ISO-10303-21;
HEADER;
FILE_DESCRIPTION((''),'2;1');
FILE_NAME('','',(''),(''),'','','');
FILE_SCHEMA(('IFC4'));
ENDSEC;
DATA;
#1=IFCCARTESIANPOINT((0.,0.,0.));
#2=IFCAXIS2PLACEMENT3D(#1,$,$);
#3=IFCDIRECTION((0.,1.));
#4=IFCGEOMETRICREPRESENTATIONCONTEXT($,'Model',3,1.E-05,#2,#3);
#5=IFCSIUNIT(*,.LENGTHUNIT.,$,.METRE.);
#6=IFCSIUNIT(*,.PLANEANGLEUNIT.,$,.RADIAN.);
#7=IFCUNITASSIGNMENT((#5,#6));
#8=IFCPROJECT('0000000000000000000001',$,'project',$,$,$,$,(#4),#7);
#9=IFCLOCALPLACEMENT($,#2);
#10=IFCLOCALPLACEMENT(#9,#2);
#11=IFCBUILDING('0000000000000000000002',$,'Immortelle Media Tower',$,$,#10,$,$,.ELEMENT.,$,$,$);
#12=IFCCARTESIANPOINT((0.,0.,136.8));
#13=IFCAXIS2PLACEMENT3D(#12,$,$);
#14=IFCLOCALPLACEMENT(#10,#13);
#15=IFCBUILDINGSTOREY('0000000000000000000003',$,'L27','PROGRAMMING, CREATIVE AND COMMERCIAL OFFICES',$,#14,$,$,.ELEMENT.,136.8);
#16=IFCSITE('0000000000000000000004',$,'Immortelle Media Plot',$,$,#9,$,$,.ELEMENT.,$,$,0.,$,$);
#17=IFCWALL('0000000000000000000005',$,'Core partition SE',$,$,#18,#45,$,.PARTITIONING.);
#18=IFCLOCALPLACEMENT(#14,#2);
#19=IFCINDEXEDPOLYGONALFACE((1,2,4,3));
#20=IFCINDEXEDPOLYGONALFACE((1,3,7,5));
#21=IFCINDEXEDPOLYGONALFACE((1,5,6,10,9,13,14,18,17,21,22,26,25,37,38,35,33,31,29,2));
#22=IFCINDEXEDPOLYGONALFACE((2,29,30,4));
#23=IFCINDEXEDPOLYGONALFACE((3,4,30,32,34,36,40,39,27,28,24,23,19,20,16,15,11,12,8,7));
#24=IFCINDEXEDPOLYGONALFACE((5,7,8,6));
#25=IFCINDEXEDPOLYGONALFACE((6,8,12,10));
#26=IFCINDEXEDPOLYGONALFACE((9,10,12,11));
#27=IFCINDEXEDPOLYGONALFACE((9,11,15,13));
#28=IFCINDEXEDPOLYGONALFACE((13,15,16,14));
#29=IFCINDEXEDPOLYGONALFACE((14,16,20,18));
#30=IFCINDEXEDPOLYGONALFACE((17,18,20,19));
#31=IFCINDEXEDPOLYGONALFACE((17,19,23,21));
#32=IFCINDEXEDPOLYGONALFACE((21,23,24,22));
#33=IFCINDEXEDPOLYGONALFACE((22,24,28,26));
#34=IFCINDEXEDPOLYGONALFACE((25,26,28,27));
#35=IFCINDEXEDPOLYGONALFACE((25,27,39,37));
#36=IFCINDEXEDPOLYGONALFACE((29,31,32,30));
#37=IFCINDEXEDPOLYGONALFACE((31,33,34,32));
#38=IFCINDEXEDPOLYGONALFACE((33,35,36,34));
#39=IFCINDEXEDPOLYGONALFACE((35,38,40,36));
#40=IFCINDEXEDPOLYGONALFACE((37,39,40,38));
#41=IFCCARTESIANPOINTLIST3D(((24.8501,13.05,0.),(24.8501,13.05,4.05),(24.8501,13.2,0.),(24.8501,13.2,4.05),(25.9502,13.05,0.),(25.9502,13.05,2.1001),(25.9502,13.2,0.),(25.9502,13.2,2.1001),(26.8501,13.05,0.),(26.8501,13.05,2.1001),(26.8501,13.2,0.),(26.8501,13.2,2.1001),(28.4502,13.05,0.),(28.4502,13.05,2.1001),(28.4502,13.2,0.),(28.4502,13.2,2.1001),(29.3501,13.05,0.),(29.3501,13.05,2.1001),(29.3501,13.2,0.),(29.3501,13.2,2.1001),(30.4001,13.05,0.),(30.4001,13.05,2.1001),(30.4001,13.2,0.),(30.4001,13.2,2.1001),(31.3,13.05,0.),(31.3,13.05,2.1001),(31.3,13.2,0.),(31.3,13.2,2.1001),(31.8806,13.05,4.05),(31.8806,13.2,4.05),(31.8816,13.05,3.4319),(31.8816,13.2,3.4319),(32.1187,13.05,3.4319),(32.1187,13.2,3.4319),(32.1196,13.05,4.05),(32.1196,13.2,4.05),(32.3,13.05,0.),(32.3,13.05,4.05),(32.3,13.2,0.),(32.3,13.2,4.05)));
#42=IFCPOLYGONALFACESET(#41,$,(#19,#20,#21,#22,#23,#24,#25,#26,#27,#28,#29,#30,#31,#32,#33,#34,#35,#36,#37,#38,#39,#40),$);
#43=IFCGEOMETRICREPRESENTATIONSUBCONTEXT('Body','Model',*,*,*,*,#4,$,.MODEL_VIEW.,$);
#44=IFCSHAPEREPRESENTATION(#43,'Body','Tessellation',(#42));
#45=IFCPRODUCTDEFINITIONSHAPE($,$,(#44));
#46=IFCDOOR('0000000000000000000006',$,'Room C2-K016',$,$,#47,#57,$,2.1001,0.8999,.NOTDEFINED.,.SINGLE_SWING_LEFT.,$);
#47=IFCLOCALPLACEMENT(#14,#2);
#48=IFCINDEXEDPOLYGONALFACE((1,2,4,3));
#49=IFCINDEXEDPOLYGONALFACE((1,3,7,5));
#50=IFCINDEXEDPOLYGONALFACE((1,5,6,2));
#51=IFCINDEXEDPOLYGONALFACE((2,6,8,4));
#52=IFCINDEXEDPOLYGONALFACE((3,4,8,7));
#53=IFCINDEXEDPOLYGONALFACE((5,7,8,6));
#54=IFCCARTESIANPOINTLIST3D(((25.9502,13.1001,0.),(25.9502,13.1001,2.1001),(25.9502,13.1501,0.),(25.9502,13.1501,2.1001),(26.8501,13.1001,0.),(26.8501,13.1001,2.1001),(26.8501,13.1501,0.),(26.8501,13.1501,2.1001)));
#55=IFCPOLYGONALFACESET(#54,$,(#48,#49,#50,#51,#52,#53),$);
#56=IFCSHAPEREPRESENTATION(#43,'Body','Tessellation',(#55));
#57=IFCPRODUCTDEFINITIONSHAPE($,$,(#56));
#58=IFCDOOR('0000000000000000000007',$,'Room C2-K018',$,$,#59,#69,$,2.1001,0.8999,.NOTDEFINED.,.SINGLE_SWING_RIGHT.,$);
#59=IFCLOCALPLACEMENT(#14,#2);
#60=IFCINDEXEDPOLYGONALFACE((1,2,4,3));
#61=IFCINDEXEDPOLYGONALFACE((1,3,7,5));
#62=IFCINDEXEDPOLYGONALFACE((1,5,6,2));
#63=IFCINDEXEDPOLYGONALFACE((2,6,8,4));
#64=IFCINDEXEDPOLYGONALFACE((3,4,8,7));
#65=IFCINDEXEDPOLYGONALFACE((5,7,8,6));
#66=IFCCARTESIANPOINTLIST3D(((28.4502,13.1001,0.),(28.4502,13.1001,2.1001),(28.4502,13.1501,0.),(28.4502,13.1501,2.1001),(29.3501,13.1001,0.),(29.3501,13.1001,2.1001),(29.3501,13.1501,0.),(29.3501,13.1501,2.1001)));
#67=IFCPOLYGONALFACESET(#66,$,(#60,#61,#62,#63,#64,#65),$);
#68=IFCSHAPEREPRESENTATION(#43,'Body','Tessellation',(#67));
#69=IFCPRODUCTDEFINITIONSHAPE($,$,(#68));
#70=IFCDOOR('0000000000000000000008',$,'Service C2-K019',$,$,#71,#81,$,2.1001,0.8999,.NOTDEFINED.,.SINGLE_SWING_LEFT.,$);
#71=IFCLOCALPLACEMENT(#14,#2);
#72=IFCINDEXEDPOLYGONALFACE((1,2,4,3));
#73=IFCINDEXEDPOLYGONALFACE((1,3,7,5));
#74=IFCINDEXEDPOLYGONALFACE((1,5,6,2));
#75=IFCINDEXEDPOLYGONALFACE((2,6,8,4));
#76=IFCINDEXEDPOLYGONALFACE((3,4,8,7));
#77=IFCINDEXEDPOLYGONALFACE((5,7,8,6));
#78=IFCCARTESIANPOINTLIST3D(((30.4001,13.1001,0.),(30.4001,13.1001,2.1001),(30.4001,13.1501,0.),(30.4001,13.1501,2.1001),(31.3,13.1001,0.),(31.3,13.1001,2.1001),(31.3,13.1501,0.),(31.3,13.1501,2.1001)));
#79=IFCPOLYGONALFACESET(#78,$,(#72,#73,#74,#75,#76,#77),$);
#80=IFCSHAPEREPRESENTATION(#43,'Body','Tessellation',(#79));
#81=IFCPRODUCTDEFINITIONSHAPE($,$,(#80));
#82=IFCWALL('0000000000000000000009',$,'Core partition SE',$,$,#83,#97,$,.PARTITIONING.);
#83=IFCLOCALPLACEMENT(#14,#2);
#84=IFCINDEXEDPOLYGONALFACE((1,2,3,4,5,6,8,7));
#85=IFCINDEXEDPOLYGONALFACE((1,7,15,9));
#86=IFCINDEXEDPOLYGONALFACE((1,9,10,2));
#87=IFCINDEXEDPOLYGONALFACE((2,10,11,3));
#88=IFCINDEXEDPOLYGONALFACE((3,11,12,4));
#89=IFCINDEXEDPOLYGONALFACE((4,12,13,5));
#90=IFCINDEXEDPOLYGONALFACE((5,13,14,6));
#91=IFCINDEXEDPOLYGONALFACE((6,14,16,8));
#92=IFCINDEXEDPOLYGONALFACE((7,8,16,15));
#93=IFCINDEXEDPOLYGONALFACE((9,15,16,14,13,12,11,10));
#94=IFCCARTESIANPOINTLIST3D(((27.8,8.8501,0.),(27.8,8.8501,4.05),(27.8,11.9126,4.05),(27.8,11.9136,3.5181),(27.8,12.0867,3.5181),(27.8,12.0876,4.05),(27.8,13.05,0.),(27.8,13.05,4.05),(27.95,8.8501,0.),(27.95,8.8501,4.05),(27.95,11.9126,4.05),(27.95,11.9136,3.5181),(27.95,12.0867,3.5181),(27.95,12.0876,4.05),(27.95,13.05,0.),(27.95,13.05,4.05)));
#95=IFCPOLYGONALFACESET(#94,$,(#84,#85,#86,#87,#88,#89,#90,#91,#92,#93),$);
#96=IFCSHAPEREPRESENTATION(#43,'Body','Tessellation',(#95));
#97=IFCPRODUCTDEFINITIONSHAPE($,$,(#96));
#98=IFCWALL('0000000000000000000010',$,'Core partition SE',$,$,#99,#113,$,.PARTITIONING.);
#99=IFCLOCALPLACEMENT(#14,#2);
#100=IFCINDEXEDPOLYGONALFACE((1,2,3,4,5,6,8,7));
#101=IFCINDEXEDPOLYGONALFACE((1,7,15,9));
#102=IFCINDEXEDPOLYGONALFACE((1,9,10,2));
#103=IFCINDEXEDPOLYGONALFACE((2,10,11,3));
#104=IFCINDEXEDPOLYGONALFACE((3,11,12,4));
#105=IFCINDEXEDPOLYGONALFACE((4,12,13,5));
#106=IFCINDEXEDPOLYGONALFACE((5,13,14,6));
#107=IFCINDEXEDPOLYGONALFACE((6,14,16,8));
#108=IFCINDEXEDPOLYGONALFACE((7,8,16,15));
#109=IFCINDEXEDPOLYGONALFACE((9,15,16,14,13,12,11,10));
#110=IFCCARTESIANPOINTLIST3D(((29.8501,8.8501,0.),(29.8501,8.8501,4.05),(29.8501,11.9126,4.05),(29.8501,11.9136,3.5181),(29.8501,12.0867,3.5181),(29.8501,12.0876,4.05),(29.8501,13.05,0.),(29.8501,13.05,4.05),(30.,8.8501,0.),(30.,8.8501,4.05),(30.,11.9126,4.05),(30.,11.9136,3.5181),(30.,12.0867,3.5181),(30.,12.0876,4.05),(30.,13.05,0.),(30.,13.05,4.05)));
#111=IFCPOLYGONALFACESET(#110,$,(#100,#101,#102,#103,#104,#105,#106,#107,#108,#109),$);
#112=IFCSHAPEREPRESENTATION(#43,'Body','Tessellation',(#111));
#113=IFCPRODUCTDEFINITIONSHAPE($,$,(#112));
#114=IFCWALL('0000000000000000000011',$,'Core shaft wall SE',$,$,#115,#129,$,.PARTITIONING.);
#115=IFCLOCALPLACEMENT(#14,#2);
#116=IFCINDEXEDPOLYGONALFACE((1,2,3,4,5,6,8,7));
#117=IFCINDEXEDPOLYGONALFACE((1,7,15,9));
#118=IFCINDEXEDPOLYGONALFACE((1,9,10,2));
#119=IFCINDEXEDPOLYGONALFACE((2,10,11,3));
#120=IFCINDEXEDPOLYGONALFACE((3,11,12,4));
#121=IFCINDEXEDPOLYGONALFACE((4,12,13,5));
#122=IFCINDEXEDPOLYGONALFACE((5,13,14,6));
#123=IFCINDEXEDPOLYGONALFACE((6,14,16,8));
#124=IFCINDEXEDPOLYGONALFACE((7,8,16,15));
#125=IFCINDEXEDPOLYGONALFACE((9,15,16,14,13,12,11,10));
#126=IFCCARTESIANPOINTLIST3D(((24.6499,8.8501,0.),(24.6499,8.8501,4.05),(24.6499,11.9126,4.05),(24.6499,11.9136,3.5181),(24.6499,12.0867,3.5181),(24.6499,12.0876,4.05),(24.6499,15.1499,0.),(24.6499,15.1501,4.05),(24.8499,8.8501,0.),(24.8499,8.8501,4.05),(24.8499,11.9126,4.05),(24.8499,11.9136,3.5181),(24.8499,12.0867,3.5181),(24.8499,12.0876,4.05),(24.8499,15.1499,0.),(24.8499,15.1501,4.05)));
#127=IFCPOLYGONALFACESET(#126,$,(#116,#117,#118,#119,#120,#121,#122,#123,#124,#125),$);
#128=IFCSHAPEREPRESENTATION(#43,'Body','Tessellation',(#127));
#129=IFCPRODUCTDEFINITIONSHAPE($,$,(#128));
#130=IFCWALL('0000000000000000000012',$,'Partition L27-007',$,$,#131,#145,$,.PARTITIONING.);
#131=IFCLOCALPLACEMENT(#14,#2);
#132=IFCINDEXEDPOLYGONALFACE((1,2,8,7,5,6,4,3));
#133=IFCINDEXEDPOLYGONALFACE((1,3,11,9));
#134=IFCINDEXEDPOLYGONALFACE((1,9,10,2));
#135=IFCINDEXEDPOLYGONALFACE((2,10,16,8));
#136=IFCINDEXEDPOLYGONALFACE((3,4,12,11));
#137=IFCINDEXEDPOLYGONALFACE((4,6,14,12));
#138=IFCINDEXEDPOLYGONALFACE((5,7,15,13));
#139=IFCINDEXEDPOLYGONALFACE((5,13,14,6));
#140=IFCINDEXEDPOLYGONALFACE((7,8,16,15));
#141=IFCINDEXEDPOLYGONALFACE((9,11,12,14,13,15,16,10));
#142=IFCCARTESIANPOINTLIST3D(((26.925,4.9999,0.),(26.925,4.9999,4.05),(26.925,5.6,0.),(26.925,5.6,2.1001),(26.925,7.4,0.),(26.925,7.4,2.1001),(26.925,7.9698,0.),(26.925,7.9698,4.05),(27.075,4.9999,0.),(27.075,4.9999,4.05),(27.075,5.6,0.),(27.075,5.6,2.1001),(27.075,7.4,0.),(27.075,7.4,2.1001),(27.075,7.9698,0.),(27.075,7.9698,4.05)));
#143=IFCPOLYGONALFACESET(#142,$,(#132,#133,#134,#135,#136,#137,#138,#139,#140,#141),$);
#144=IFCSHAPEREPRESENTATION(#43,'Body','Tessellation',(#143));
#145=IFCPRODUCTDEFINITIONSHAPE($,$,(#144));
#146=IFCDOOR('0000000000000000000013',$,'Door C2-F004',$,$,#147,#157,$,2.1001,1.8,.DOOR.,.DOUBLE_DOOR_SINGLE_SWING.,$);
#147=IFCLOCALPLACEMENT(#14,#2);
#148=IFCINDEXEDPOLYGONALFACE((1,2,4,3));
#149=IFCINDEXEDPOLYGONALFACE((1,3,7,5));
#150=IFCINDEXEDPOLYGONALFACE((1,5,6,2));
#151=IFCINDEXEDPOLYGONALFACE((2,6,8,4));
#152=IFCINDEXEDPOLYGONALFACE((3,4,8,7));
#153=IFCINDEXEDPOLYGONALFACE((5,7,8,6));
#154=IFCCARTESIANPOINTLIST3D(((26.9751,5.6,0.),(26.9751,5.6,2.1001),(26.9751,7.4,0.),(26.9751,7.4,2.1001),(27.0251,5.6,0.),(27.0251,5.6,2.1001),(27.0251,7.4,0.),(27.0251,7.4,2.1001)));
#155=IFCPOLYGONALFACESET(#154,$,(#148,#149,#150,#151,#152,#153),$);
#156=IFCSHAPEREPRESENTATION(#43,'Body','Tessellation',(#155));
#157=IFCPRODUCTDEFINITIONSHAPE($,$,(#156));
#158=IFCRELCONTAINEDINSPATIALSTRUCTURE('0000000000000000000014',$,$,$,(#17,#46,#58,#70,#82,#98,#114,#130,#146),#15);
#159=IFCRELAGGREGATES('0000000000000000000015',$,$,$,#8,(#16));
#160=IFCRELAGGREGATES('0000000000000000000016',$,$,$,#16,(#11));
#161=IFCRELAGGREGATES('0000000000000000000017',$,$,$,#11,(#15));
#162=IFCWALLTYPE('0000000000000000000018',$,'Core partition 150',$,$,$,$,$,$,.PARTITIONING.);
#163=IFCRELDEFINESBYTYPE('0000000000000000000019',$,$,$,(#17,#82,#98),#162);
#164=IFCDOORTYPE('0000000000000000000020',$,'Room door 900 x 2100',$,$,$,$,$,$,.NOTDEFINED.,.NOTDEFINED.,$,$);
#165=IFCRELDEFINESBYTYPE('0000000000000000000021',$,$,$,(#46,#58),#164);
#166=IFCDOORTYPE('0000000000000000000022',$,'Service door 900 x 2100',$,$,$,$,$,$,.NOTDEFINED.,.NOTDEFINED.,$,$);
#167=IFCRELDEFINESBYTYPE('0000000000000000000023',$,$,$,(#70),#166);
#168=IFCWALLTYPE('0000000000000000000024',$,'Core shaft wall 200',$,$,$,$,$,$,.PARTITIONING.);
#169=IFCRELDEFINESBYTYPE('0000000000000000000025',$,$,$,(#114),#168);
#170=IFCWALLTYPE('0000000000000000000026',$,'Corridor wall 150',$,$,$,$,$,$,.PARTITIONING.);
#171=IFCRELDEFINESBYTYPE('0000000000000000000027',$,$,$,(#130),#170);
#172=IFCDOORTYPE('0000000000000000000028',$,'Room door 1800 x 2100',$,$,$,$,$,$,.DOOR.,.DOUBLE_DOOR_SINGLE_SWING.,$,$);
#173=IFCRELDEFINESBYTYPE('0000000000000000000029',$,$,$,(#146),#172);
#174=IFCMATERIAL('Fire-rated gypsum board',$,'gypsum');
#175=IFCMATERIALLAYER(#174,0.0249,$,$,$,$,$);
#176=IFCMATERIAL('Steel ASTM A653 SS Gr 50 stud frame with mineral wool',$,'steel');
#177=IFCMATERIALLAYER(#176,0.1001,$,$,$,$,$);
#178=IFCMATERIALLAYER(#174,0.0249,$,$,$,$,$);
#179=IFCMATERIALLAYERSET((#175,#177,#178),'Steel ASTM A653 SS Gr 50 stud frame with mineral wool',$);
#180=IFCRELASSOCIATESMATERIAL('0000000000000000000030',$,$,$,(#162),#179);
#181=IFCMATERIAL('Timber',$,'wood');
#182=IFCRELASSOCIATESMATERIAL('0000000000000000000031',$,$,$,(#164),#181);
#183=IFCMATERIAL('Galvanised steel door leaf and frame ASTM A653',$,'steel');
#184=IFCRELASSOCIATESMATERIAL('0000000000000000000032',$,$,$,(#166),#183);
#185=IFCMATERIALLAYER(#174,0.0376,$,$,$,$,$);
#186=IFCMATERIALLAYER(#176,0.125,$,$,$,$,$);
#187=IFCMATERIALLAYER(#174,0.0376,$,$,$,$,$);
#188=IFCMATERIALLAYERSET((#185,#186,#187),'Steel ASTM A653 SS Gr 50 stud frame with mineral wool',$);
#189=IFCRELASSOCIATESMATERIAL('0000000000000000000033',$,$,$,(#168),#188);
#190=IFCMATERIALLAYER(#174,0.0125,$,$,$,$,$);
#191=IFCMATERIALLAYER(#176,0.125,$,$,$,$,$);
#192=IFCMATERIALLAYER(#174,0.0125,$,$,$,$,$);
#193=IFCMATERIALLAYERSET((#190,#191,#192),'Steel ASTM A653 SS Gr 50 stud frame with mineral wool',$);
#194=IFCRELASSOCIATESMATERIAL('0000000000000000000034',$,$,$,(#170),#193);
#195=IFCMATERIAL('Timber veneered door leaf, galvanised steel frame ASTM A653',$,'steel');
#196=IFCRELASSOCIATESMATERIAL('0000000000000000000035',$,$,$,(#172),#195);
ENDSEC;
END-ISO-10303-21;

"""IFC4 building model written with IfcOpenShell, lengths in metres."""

from ifc_helpers import new_model, si_unit, direction, frame, frame_2d, origin, place, context, subcontext, project, spatial, polyline, rectangle, outline, extrude, material, layer, layer_set, type_object, element, fill, save


model = new_model("IFC4")

# Units and contexts
model_context = context("Model", 3, precision=1e-05, world=origin(), true_north=direction((0.0, 1.0)))
body_context = subcontext(model_context, "Body", "Model", "MODEL_VIEW")
ifc_project = project(units=[si_unit("LENGTHUNIT", "METRE"), si_unit("PLANEANGLEUNIT", "RADIAN")], contexts=[model_context])

# Site, building, storey
site_placement = place(None, origin())
site = spatial("IfcSite", under=ifc_project, at=site_placement, Name="Immortelle Media Plot", CompositionType="ELEMENT", RefElevation=0.0)
building_placement = place(site_placement, origin())
building = spatial("IfcBuilding", under=site, at=building_placement, Name="Immortelle Media Tower", CompositionType="ELEMENT")
storey_placement = place(building_placement, frame((0.0, 0.0, 136.8)))
storey = spatial("IfcBuildingStorey", under=building, at=storey_placement, Name="L27", Description="PROGRAMMING, CREATIVE AND COMMERCIAL OFFICES", CompositionType="ELEMENT", Elevation=136.8)

# Wall, openings, doors
ifc_material_1 = material(Name="Fire-rated gypsum board", Category="gypsum")
ifc_layer_1 = layer(ifc_material_1, 0.0249)
ifc_material_2 = material(Name="Steel ASTM A653 SS Gr 50 stud frame with mineral wool", Category="steel")
ifc_layer_2 = layer(ifc_material_2, 0.1001)
ifc_layer_3 = layer(ifc_material_1, 0.0249)
ifc_layer_set_1 = layer_set([ifc_layer_1, ifc_layer_2, ifc_layer_3], Name="Steel ASTM A653 SS Gr 50 stud frame with mineral wool")
wall_type_1 = type_object("IfcWallType", Name="Core partition 150", PredefinedType="PARTITIONING", material=ifc_layer_set_1)
wall_1_placement = place(storey_placement, frame((24.8501, 13.125, 0.0), z_axis=(0.0, 0.0, 1.0), x_axis=(1.0, 0.0, 0.0)))
wall_1 = element("IfcWall", 1, at=wall_1_placement, inside=storey, type_object=wall_type_1, Name="Core partition SE", PredefinedType="PARTITIONING", context=body_context, shape_type="SweptSolid", body=[
    extrude(outline(polyline([(0.0, 0.0), (7.45, 0.0), (7.45, 4.05), (7.2695, 4.05), (7.2686, 3.4319), (7.0315, 3.4319), (7.0305, 4.05), (0.0, 4.05), (0.0, 0.0)])), frame((0.0, 0.075, 0.0), z_axis=(0.0, -1.0, 0.0), x_axis=(1.0, 0.0, 0.0)), (0.0, 0.0, 1.0), 0.1499),
])
opening_1_placement = place(wall_1_placement, frame((2.0, 0.0, 0.0), z_axis=(0.0, 0.0, 1.0), x_axis=(-1.0, 0.0, 0.0)))
opening_1 = element("IfcOpeningElement", 2, at=opening_1_placement, cuts=wall_1, PredefinedType="OPENING", context=body_context, shape_type="SweptSolid", body=[
    extrude(rectangle(XDim=0.8999, YDim=2.1001, at=frame_2d((0.45, 1.05))), frame((0.0, 0.085, 0.0), z_axis=(0.0, -1.0, 0.0), x_axis=(1.0, 0.0, 0.0)), (0.0, 0.0, 1.0), 0.1699),
])
opening_2_placement = place(wall_1_placement, frame((4.5, 0.0, 0.0), z_axis=(0.0, 0.0, 1.0), x_axis=(-1.0, 0.0, 0.0)))
opening_2 = element("IfcOpeningElement", 3, at=opening_2_placement, cuts=wall_1, PredefinedType="OPENING", context=body_context, shape_type="SweptSolid", body=[
    extrude(rectangle(XDim=0.8999, YDim=2.1001, at=frame_2d((0.45, 1.05))), frame((0.0, 0.085, 0.0), z_axis=(0.0, -1.0, 0.0), x_axis=(1.0, 0.0, 0.0)), (0.0, 0.0, 1.0), 0.1699),
])
opening_3_placement = place(wall_1_placement, frame((6.45, 0.0, 0.0), z_axis=(0.0, 0.0, 1.0), x_axis=(-1.0, 0.0, 0.0)))
opening_3 = element("IfcOpeningElement", 4, at=opening_3_placement, cuts=wall_1, PredefinedType="OPENING", context=body_context, shape_type="SweptSolid", body=[
    extrude(rectangle(XDim=0.8999, YDim=2.1001, at=frame_2d((0.45, 1.05))), frame((0.0, 0.085, 0.0), z_axis=(0.0, -1.0, 0.0), x_axis=(1.0, 0.0, 0.0)), (0.0, 0.0, 1.0), 0.1699),
])
ifc_material_3 = material(Name="Timber", Category="wood")
door_type_1 = type_object("IfcDoorType", Name="Room door 900 x 2100", OperationType="NOTDEFINED", PredefinedType="NOTDEFINED", material=ifc_material_3)
door_1_placement = place(opening_1_placement, origin())
door_1 = element("IfcDoor", 5, at=door_1_placement, inside=storey, type_object=door_type_1, Name="Room C2-K016", OperationType="SINGLE_SWING_LEFT", OverallHeight=2.1001, OverallWidth=0.8999, PredefinedType="NOTDEFINED", context=body_context, shape_type="SweptSolid", body=[
    extrude(rectangle(XDim=0.8999, YDim=2.1001, at=frame_2d((0.45, 1.05))), frame((0.0, 0.0249, 0.0), z_axis=(0.0, -1.0, 0.0), x_axis=(1.0, 0.0, 0.0)), (0.0, 0.0, 1.0), 0.05),
])
fill(opening_1, door_1)
door_2_placement = place(opening_2_placement, origin())
door_2 = element("IfcDoor", 6, at=door_2_placement, inside=storey, type_object=door_type_1, Name="Room C2-K018", OperationType="SINGLE_SWING_RIGHT", OverallHeight=2.1001, OverallWidth=0.8999, PredefinedType="NOTDEFINED", context=body_context, shape_type="SweptSolid", body=[
    extrude(rectangle(XDim=0.8999, YDim=2.1001, at=frame_2d((0.45, 1.05))), frame((0.0, 0.0249, 0.0), z_axis=(0.0, -1.0, 0.0), x_axis=(1.0, 0.0, 0.0)), (0.0, 0.0, 1.0), 0.05),
])
fill(opening_2, door_2)
ifc_material_4 = material(Name="Galvanised steel door leaf and frame ASTM A653", Category="steel")
door_type_2 = type_object("IfcDoorType", Name="Service door 900 x 2100", OperationType="NOTDEFINED", PredefinedType="NOTDEFINED", material=ifc_material_4)
door_3_placement = place(opening_3_placement, origin())
door_3 = element("IfcDoor", 7, at=door_3_placement, inside=storey, type_object=door_type_2, Name="Service C2-K019", OperationType="SINGLE_SWING_LEFT", OverallHeight=2.1001, OverallWidth=0.8999, PredefinedType="NOTDEFINED", context=body_context, shape_type="SweptSolid", body=[
    extrude(rectangle(XDim=0.8999, YDim=2.1001, at=frame_2d((0.45, 1.05))), frame((0.0, 0.0249, 0.0), z_axis=(0.0, -1.0, 0.0), x_axis=(1.0, 0.0, 0.0)), (0.0, 0.0, 1.0), 0.05),
])
fill(opening_3, door_3)

# Walls
for number, where, z_axis, x_axis, name in (
    (8, (27.875, 8.8501, 0.0), (0.0, 0.0, 1.0), (0.0, 1.0, 0.0), "Core partition SE"),
    (9, (29.925, 8.8501, 0.0), (0.0, 0.0, 1.0), (0.0, 1.0, 0.0), "Core partition SE"),
):
    element("IfcWall", number, at=place(storey_placement, frame(where, z_axis=z_axis, x_axis=x_axis)), inside=storey, type_object=wall_type_1, Name=name, PredefinedType="PARTITIONING", context=body_context, shape_type="SweptSolid", body=[
        extrude(outline(polyline([(0.0, 0.0), (4.2, 0.0), (4.2, 4.05), (3.2375, 4.05), (3.2366, 3.5181), (3.0635, 3.5181), (3.0625, 4.05), (0.0, 4.05), (0.0, 0.0)])), frame((0.0, 0.075, 0.0), z_axis=(0.0, -1.0, 0.0), x_axis=(1.0, 0.0, 0.0)), (0.0, 0.0, 1.0), 0.1499),
    ])
ifc_layer_4 = layer(ifc_material_1, 0.0376)
ifc_layer_5 = layer(ifc_material_2, 0.125)
ifc_layer_6 = layer(ifc_material_1, 0.0376)
ifc_layer_set_2 = layer_set([ifc_layer_4, ifc_layer_5, ifc_layer_6], Name="Steel ASTM A653 SS Gr 50 stud frame with mineral wool")
wall_type_2 = type_object("IfcWallType", Name="Core shaft wall 200", PredefinedType="PARTITIONING", material=ifc_layer_set_2)
wall_2_placement = place(storey_placement, frame((24.75, 8.8501, 0.0), z_axis=(0.0, 0.0, 1.0), x_axis=(0.0, 1.0, 0.0)))
element("IfcWall", 10, at=wall_2_placement, inside=storey, type_object=wall_type_2, Name="Core shaft wall SE", PredefinedType="PARTITIONING", context=body_context, shape_type="SweptSolid", body=[
    extrude(outline(polyline([(0.0, 0.0), (6.2998, 0.0), (6.3, 4.05), (3.2375, 4.05), (3.2366, 3.5181), (3.0635, 3.5181), (3.0625, 4.05), (0.0, 4.05), (0.0, 0.0)])), frame((0.0, 0.1001, 0.0), z_axis=(0.0, -1.0, 0.0), x_axis=(1.0, 0.0, 0.0)), (0.0, 0.0, 1.0), 0.2),
])

# Wall, opening, door
ifc_layer_7 = layer(ifc_material_1, 0.0125)
ifc_layer_8 = layer(ifc_material_2, 0.125)
ifc_layer_9 = layer(ifc_material_1, 0.0125)
ifc_layer_set_3 = layer_set([ifc_layer_7, ifc_layer_8, ifc_layer_9], Name="Steel ASTM A653 SS Gr 50 stud frame with mineral wool")
wall_type_3 = type_object("IfcWallType", Name="Corridor wall 150", PredefinedType="PARTITIONING", material=ifc_layer_set_3)
wall_3_placement = place(storey_placement, frame((27.0, 5.0, 0.0), z_axis=(0.0, 0.0, 1.0), x_axis=(0.0, 1.0, 0.0)))
wall_3 = element("IfcWall", 11, at=wall_3_placement, inside=storey, type_object=wall_type_3, Name="Partition L27-007", PredefinedType="PARTITIONING", context=body_context, shape_type="SweptSolid", body=[
    extrude(rectangle(XDim=2.97, YDim=0.1499, at=frame_2d((1.4849, 0.0))), origin(), (0.0, 0.0, 1.0), 4.05),
])
opening_4_placement = place(wall_3_placement, frame((0.6001, 0.0, 0.0)))
opening_4 = element("IfcOpeningElement", 12, at=opening_4_placement, cuts=wall_3, PredefinedType="OPENING", context=body_context, shape_type="SweptSolid", body=[
    extrude(rectangle(XDim=1.8, YDim=2.1001, at=frame_2d((0.8999, 1.05))), frame((0.0, 0.085, 0.0), z_axis=(0.0, -1.0, 0.0), x_axis=(1.0, 0.0, 0.0)), (0.0, 0.0, 1.0), 0.1699),
])
ifc_material_5 = material(Name="Timber veneered door leaf, galvanised steel frame ASTM A653", Category="steel")
door_type_3 = type_object("IfcDoorType", Name="Room door 1800 x 2100", OperationType="DOUBLE_DOOR_SINGLE_SWING", PredefinedType="DOOR", material=ifc_material_5)
door_4_placement = place(opening_4_placement, origin())
door_4 = element("IfcDoor", 13, at=door_4_placement, inside=storey, type_object=door_type_3, Name="Door C2-F004", OperationType="DOUBLE_DOOR_SINGLE_SWING", OverallHeight=2.1001, OverallWidth=1.8, PredefinedType="DOOR", context=body_context, shape_type="SweptSolid", body=[
    extrude(rectangle(XDim=1.8, YDim=2.1001, at=frame_2d((0.8999, 1.05))), frame((0.0, 0.0249, 0.0), z_axis=(0.0, -1.0, 0.0), x_axis=(1.0, 0.0, 0.0)), (0.0, 0.0, 1.0), 0.05),
])
fill(opening_4, door_4)

save(model, "model.ifc")
